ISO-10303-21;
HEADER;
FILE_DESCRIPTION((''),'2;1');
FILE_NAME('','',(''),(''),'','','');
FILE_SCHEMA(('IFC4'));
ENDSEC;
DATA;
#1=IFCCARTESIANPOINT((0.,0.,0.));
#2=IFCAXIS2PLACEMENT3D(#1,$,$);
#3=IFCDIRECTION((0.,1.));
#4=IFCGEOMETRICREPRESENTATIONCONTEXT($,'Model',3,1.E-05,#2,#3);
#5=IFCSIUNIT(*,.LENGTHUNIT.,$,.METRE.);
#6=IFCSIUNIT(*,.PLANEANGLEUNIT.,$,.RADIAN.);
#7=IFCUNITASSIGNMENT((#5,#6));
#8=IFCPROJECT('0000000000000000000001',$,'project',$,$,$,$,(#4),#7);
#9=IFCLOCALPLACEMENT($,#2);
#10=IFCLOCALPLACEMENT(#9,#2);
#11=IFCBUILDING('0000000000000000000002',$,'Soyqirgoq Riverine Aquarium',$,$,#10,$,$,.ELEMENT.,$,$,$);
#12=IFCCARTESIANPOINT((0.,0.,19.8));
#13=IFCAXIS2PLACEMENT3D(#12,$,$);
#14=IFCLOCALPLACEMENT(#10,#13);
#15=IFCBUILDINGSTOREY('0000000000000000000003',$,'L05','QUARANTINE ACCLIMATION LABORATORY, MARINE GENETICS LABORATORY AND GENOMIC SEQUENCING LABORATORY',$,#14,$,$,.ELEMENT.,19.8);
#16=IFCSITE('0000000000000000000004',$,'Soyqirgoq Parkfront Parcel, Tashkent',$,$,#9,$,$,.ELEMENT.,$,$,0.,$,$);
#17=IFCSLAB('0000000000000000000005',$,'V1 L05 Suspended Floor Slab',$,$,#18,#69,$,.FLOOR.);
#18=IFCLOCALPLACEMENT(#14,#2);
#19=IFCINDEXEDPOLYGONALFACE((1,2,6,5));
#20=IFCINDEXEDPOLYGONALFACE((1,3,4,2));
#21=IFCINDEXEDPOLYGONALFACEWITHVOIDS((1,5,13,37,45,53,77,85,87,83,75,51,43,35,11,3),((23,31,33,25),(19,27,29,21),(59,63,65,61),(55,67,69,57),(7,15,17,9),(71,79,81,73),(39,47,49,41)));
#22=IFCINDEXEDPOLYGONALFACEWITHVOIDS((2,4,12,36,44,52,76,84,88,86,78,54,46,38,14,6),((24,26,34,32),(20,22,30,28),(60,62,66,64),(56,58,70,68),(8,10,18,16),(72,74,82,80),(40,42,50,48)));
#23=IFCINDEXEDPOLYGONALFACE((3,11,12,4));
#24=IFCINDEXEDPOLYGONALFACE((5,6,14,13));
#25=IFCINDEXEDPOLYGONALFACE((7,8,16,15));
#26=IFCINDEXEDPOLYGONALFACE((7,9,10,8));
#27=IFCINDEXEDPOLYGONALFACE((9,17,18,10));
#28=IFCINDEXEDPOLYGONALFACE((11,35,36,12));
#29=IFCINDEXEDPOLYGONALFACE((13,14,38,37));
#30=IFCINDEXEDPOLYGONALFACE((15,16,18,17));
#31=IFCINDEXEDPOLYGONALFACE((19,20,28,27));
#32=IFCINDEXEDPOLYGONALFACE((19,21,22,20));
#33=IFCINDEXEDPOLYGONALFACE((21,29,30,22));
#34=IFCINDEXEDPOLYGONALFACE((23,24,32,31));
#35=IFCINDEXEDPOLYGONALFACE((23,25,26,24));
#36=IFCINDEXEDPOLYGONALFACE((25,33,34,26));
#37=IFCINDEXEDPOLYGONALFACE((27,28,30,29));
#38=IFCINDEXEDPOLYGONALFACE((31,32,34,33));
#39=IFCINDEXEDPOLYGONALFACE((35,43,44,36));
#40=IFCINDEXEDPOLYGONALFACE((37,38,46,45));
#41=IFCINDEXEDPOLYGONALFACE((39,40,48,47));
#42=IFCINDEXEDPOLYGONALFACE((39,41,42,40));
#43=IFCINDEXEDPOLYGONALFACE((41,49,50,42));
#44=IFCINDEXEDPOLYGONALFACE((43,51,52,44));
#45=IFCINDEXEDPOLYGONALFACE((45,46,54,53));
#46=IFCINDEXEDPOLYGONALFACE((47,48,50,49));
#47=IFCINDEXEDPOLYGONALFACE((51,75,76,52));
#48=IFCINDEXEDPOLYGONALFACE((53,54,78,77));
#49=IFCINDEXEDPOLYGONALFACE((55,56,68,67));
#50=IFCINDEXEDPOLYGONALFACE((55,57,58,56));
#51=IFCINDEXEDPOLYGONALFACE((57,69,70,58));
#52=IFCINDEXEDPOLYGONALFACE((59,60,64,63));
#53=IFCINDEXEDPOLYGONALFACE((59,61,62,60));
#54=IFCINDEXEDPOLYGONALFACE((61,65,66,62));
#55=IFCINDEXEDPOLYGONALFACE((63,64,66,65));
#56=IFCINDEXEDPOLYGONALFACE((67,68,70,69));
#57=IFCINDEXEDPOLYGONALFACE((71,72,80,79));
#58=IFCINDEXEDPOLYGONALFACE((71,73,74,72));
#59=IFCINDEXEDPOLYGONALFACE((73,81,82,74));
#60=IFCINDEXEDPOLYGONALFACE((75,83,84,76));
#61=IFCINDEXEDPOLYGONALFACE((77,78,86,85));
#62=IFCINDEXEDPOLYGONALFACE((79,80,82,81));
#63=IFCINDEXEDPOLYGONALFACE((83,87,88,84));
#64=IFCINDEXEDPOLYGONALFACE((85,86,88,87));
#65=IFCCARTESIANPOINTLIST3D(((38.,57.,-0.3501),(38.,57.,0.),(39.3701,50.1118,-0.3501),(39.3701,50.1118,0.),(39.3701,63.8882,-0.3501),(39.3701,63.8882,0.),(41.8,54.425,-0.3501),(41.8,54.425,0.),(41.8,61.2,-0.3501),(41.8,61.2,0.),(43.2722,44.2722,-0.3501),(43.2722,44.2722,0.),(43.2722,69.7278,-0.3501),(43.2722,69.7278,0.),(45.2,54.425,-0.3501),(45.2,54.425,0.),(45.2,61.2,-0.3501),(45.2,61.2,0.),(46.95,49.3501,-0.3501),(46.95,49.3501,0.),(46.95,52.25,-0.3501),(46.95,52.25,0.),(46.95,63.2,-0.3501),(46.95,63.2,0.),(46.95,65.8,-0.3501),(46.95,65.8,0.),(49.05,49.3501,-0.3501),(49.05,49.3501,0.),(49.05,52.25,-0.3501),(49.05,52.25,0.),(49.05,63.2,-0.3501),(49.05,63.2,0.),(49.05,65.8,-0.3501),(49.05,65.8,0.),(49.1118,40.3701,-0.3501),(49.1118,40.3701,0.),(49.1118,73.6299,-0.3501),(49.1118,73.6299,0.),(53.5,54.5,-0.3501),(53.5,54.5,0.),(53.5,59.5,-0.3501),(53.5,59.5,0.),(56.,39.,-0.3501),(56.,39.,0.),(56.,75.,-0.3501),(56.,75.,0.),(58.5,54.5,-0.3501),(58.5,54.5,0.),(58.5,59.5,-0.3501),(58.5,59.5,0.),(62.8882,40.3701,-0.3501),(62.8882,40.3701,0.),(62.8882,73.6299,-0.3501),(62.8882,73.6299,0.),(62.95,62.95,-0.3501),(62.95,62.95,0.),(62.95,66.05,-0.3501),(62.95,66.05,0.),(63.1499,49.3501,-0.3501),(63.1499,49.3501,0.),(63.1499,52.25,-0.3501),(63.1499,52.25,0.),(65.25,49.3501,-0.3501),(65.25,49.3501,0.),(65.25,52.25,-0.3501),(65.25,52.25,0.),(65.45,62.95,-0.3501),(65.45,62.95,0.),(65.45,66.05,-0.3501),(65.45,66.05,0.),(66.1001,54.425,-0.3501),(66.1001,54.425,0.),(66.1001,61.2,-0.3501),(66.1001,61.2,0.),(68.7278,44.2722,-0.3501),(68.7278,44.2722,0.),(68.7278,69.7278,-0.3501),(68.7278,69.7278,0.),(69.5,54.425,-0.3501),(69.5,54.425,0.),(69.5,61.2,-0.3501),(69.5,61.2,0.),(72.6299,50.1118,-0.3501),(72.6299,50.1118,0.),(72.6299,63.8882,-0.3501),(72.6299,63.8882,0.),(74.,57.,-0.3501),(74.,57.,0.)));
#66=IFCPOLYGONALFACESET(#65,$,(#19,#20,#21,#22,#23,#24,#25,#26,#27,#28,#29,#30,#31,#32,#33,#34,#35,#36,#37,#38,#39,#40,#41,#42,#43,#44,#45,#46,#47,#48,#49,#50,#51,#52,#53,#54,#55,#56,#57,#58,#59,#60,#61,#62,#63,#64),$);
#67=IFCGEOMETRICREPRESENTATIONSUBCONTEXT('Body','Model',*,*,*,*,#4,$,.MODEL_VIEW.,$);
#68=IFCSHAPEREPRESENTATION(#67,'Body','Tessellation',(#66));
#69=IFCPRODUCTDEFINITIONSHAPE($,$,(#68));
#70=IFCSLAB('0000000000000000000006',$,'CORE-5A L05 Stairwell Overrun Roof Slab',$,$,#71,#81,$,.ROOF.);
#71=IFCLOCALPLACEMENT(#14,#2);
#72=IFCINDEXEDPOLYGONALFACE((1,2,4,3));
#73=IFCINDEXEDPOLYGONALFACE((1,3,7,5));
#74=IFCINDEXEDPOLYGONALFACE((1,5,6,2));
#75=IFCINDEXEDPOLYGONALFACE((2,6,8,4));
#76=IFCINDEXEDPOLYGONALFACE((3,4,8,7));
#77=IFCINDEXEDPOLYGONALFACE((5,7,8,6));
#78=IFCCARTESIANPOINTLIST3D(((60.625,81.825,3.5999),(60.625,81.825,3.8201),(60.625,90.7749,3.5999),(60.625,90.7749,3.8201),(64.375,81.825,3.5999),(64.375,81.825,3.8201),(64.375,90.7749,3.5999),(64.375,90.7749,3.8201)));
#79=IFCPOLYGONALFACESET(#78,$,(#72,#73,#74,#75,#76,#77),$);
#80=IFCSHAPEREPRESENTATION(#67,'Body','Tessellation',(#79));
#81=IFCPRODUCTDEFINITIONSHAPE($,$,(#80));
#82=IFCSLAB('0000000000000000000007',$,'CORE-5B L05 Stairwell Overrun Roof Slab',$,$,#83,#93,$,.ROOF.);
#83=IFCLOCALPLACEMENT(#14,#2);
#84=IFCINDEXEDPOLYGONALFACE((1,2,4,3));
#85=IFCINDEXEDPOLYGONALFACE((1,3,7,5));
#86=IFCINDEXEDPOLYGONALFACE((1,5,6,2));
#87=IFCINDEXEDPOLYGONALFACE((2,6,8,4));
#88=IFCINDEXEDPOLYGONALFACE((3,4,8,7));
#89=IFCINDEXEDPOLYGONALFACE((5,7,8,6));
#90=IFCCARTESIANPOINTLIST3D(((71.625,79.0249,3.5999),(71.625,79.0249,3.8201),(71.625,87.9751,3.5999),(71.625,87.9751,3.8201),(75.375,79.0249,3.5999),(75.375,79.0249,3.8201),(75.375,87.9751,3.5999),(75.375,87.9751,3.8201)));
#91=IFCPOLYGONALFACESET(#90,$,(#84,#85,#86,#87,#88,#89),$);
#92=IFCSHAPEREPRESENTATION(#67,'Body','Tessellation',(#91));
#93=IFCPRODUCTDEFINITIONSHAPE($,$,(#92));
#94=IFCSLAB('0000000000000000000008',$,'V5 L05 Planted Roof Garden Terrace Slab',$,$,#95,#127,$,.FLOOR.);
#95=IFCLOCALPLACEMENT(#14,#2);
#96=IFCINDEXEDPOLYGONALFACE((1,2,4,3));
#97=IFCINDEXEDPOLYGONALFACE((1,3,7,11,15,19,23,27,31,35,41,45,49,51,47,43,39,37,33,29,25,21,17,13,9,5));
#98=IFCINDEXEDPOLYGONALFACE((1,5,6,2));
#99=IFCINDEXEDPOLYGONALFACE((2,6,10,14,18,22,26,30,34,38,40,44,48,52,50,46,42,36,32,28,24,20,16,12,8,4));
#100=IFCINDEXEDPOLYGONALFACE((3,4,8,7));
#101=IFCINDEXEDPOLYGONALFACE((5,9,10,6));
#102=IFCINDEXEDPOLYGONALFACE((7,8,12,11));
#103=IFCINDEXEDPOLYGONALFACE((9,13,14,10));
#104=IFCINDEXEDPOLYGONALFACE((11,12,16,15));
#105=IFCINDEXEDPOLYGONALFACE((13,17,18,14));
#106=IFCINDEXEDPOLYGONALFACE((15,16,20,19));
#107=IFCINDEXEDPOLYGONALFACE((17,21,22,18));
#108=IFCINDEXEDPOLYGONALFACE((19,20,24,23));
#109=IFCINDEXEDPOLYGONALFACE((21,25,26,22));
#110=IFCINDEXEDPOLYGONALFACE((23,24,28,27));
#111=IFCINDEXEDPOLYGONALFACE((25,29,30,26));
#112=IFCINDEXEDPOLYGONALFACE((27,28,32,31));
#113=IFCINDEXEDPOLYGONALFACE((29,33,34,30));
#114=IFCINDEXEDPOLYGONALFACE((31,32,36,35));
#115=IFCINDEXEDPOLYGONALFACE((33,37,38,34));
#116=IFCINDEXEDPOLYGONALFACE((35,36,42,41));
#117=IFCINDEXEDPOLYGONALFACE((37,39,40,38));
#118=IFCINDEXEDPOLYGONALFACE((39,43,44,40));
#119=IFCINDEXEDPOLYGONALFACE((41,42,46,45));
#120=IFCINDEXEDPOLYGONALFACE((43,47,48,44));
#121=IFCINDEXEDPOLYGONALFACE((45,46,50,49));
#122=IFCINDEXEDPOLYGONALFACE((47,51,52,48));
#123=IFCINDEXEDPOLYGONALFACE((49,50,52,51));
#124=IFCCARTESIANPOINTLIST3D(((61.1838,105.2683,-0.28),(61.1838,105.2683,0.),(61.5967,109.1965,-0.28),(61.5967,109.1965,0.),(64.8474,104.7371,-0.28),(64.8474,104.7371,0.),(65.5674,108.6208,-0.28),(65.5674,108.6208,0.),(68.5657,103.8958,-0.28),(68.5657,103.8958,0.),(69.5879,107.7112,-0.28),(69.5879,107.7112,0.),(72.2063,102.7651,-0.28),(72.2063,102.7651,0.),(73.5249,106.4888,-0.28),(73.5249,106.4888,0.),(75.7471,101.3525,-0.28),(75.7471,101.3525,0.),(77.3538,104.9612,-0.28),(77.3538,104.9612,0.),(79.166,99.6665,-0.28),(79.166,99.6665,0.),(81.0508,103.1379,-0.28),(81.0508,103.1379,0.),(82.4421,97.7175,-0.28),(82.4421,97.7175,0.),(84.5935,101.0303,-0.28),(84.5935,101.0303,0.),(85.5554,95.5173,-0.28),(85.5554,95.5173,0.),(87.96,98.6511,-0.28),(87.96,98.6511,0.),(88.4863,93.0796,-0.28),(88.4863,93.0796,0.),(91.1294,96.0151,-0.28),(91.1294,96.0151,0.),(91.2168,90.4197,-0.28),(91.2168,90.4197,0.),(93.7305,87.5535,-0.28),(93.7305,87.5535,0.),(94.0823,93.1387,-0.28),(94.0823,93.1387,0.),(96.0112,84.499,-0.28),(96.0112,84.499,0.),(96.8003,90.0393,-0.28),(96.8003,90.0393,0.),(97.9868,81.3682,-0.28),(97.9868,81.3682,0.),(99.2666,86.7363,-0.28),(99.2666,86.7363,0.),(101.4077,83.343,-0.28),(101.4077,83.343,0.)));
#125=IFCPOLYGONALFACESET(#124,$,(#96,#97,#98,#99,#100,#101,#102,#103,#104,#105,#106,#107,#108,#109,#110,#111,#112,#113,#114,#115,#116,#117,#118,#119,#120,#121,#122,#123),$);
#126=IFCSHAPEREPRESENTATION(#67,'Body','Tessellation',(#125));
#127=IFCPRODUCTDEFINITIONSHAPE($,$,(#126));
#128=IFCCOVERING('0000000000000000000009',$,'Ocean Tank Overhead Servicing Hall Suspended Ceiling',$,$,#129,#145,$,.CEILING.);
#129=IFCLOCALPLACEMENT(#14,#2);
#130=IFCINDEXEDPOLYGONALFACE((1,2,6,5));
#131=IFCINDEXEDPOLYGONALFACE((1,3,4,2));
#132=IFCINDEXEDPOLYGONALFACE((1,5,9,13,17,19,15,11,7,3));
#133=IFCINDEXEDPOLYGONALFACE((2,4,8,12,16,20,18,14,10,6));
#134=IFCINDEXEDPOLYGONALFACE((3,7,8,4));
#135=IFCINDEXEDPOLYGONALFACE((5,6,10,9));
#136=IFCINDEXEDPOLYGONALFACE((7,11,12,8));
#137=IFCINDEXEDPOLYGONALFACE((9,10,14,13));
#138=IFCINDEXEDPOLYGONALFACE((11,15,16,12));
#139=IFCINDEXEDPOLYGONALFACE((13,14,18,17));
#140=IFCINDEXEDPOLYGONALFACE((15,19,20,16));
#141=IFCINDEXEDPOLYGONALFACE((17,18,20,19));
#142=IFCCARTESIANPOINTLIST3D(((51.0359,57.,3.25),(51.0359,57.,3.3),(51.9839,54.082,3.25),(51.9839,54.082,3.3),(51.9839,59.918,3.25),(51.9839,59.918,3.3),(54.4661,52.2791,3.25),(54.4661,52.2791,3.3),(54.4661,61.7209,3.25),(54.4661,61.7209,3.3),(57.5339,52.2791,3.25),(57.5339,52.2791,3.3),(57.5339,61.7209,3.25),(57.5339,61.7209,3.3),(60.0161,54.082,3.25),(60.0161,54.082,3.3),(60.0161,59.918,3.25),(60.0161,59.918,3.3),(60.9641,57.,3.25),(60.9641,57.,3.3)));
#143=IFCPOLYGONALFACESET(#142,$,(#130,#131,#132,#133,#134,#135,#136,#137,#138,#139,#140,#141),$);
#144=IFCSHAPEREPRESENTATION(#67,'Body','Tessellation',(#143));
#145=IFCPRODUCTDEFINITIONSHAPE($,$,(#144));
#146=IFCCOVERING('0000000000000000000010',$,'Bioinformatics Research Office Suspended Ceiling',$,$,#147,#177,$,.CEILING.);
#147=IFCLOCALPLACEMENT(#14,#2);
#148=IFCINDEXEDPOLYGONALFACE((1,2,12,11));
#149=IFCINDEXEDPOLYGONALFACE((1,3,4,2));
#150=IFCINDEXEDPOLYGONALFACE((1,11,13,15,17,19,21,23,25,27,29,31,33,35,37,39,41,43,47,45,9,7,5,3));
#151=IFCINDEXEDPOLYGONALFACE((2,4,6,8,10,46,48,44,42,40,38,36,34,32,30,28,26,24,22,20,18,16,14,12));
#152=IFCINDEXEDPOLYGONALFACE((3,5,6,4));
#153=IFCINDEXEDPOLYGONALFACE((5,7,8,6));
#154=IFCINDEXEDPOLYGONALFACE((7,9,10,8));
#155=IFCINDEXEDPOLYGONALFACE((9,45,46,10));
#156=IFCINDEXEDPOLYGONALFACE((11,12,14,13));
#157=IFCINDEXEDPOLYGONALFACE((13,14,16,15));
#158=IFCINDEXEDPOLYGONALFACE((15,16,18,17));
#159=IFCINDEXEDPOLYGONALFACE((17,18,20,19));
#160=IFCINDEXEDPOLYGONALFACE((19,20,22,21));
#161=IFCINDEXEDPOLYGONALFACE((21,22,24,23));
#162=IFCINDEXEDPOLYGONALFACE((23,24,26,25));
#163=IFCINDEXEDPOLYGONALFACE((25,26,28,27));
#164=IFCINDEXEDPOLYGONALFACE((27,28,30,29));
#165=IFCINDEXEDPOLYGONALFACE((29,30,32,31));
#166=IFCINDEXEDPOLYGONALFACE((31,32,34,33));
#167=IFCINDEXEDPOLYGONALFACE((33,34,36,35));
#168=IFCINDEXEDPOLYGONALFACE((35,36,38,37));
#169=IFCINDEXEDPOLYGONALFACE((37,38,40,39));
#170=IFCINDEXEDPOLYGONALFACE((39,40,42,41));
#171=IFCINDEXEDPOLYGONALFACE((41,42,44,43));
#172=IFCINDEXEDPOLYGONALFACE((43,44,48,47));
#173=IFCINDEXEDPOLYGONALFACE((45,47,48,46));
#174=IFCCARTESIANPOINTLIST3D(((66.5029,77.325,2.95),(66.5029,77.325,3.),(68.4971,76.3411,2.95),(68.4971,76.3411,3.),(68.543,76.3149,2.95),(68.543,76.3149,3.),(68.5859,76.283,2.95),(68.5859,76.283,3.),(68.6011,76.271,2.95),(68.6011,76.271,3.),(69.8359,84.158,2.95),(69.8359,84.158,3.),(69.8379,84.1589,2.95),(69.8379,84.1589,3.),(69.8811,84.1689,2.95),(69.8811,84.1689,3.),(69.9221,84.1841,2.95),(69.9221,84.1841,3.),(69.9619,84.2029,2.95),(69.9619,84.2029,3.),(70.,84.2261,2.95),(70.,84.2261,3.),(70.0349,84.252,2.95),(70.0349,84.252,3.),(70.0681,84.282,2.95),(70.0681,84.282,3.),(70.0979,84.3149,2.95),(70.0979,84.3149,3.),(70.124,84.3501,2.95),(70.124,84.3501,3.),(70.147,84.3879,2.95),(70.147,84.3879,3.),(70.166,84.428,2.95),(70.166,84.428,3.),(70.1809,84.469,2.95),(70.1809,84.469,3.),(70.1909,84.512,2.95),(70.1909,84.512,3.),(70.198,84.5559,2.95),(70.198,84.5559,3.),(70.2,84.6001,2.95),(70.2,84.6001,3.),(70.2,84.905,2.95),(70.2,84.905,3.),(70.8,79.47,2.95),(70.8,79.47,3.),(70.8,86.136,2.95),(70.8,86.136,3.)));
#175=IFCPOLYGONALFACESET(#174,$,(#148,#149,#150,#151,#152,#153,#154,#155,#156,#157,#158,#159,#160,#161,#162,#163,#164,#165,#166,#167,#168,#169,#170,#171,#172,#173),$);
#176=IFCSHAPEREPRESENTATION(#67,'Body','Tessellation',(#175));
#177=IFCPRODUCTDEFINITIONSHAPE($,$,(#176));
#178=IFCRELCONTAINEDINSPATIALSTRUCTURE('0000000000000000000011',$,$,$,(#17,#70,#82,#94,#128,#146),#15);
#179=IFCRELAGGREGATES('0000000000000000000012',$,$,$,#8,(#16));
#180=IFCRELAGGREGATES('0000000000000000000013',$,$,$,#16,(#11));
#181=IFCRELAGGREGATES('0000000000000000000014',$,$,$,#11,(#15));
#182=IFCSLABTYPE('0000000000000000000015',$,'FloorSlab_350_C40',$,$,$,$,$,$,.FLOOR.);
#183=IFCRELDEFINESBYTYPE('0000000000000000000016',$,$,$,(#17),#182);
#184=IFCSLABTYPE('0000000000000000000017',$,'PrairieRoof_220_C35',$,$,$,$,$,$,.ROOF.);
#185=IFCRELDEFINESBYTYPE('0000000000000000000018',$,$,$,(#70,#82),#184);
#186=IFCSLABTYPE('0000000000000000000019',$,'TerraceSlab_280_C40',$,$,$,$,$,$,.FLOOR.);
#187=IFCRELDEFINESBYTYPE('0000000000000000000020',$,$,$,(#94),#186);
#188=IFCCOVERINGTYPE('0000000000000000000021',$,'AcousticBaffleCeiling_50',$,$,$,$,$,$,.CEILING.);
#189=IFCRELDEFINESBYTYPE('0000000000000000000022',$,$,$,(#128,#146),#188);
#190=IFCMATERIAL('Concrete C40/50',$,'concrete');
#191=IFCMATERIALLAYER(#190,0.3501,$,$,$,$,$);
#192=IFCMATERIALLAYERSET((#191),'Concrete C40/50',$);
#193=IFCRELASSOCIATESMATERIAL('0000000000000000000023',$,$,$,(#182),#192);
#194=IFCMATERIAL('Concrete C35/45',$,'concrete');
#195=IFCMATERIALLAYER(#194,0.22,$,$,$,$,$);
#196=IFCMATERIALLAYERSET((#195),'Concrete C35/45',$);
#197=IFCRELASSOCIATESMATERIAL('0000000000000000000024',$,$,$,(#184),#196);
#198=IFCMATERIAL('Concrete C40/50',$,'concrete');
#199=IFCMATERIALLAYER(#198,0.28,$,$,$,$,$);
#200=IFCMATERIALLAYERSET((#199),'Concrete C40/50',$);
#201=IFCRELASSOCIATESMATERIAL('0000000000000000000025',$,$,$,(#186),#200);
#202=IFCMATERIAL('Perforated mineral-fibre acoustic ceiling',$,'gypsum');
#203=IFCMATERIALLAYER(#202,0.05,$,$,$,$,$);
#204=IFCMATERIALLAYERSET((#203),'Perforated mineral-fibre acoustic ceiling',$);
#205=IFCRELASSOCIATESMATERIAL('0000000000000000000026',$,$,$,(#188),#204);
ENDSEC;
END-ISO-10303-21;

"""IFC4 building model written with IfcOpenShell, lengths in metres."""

from ifc_helpers import new_model, si_unit, direction, frame, origin, place, context, subcontext, project, spatial, polyline, outline, extrude, material, layer, layer_set, type_object, element, save


model = new_model("IFC4")

# Units and contexts
model_context = context("Model", 3, precision=1e-05, world=origin(), true_north=direction((0.0, 1.0)))
body_context = subcontext(model_context, "Body", "Model", "MODEL_VIEW")
ifc_project = project(units=[si_unit("LENGTHUNIT", "METRE"), si_unit("PLANEANGLEUNIT", "RADIAN")], contexts=[model_context])

# Site, building, storey
site_placement = place(None, origin())
site = spatial("IfcSite", under=ifc_project, at=site_placement, Name="Soyqirgoq Parkfront Parcel, Tashkent", CompositionType="ELEMENT", RefElevation=0.0)
building_placement = place(site_placement, origin())
building = spatial("IfcBuilding", under=site, at=building_placement, Name="Soyqirgoq Riverine Aquarium", CompositionType="ELEMENT")
storey_placement = place(building_placement, frame((0.0, 0.0, 19.8)))
storey = spatial("IfcBuildingStorey", under=building, at=storey_placement, Name="L05", Description="QUARANTINE ACCLIMATION LABORATORY, MARINE GENETICS LABORATORY AND GENOMIC SEQUENCING LABORATORY", CompositionType="ELEMENT", Elevation=19.8)

# Slabs
ifc_material_1 = material(Name="Concrete C40/50", Category="concrete")
ifc_layer_1 = layer(ifc_material_1, 0.3501)
ifc_layer_set_1 = layer_set([ifc_layer_1], Name="Concrete C40/50")
slab_type_1 = type_object("IfcSlabType", Name="FloorSlab_350_C40", PredefinedType="FLOOR", material=ifc_layer_set_1)
slab_1_placement = place(storey_placement, frame((0.0, 0.0, -0.3501)))
element("IfcSlab", 1, at=slab_1_placement, inside=storey, type_object=slab_type_1, Name="V1 L05 Suspended Floor Slab", PredefinedType="FLOOR", context=body_context, shape_type="SweptSolid", body=[
    extrude(outline(polyline([(74.0, 57.0), (72.6299, 63.8882), (68.7278, 69.7278), (62.8882, 73.6299), (56.0, 75.0), (49.1118, 73.6299), (43.2722, 69.7278), (39.3701, 63.8882), (38.0, 57.0), (39.3701, 50.1118), (43.2722, 44.2722), (49.1118, 40.3701), (56.0, 39.0), (62.8882, 40.3701), (68.7278, 44.2722), (72.6299, 50.1118), (74.0, 57.0)]), holes=[polyline([(69.5, 54.425), (69.5, 61.2), (66.1001, 61.2), (66.1001, 54.425), (69.5, 54.425)]), polyline([(63.1499, 49.3501), (65.25, 49.3501), (65.25, 52.25), (63.1499, 52.25), (63.1499, 49.3501)]), polyline([(62.95, 62.95), (65.45, 62.95), (65.45, 66.05), (62.95, 66.05), (62.95, 62.95)]), polyline([(45.2, 54.425), (45.2, 61.2), (41.8, 61.2), (41.8, 54.425), (45.2, 54.425)]), polyline([(46.95, 49.3501), (49.05, 49.3501), (49.05, 52.25), (46.95, 52.25), (46.95, 49.3501)]), polyline([(46.95, 63.2), (49.05, 63.2), (49.05, 65.8), (46.95, 65.8), (46.95, 63.2)]), polyline([(53.5, 59.5), (58.5, 59.5), (58.5, 54.5), (53.5, 54.5), (53.5, 59.5)])]), origin(), (0.0, 0.0, 1.0), 0.3501),
])
ifc_material_2 = material(Name="Concrete C35/45", Category="concrete")
ifc_layer_2 = layer(ifc_material_2, 0.22)
ifc_layer_set_2 = layer_set([ifc_layer_2], Name="Concrete C35/45")
slab_type_2 = type_object("IfcSlabType", Name="PrairieRoof_220_C35", PredefinedType="ROOF", material=ifc_layer_set_2)
slab_2_placement = place(storey_placement, frame((0.0, 0.0, 3.5999)))
element("IfcSlab", 2, at=slab_2_placement, inside=storey, type_object=slab_type_2, Name="CORE-5A L05 Stairwell Overrun Roof Slab", PredefinedType="ROOF", context=body_context, shape_type="SweptSolid", body=[
    extrude(outline(polyline([(64.375, 81.825), (64.375, 90.7749), (60.625, 90.7749), (60.625, 81.825), (64.375, 81.825)])), origin(), (0.0, 0.0, 1.0), 0.2202),
])
slab_3_placement = place(storey_placement, frame((0.0, 0.0, 3.5999)))
element("IfcSlab", 3, at=slab_3_placement, inside=storey, type_object=slab_type_2, Name="CORE-5B L05 Stairwell Overrun Roof Slab", PredefinedType="ROOF", context=body_context, shape_type="SweptSolid", body=[
    extrude(outline(polyline([(75.375, 79.0249), (75.375, 87.9751), (71.625, 87.9751), (71.625, 79.0249), (75.375, 79.0249)])), origin(), (0.0, 0.0, 1.0), 0.2202),
])
ifc_material_3 = material(Name="Concrete C40/50", Category="concrete")
ifc_layer_3 = layer(ifc_material_3, 0.28)
ifc_layer_set_3 = layer_set([ifc_layer_3], Name="Concrete C40/50")
slab_type_3 = type_object("IfcSlabType", Name="TerraceSlab_280_C40", PredefinedType="FLOOR", material=ifc_layer_set_3)
slab_4_placement = place(storey_placement, frame((0.0, 0.0, -0.28)))
element("IfcSlab", 4, at=slab_4_placement, inside=storey, type_object=slab_type_3, Name="V5 L05 Planted Roof Garden Terrace Slab", PredefinedType="FLOOR", context=body_context, shape_type="SweptSolid", body=[
    extrude(outline(polyline([(93.7305, 87.5535), (96.0112, 84.499), (97.9868, 81.3682), (101.4077, 83.343), (99.2666, 86.7363), (96.8003, 90.0393), (94.0823, 93.1387), (91.1294, 96.0151), (87.96, 98.6511), (84.5935, 101.0303), (81.0508, 103.1379), (77.3538, 104.9612), (73.5249, 106.4888), (69.5879, 107.7112), (65.5674, 108.6208), (61.5967, 109.1965), (61.1838, 105.2683), (64.8474, 104.7371), (68.5657, 103.8958), (72.2063, 102.7651), (75.7471, 101.3525), (79.166, 99.6665), (82.4421, 97.7175), (85.5554, 95.5173), (88.4863, 93.0796), (91.2168, 90.4197), (93.7305, 87.5535)])), origin(), (0.0, 0.0, 1.0), 0.28),
])

# Coverings
ifc_material_4 = material(Name="Perforated mineral-fibre acoustic ceiling", Category="gypsum")
ifc_layer_4 = layer(ifc_material_4, 0.05)
ifc_layer_set_4 = layer_set([ifc_layer_4], Name="Perforated mineral-fibre acoustic ceiling")
covering_type_1 = type_object("IfcCoveringType", Name="AcousticBaffleCeiling_50", PredefinedType="CEILING", material=ifc_layer_set_4)
covering_1_placement = place(storey_placement, frame((0.0, 0.0, 3.25)))
element("IfcCovering", 5, at=covering_1_placement, inside=storey, type_object=covering_type_1, Name="Ocean Tank Overhead Servicing Hall Suspended Ceiling", PredefinedType="CEILING", context=body_context, shape_type="SweptSolid", body=[
    extrude(outline(polyline([(57.5339, 52.2791), (54.4661, 52.2791), (51.9839, 54.082), (51.0359, 57.0), (51.9839, 59.918), (54.4661, 61.7209), (57.5339, 61.7209), (60.0161, 59.918), (60.9641, 57.0), (60.0161, 54.082), (57.5339, 52.2791)])), origin(), (0.0, 0.0, 1.0), 0.05),
])
covering_2_placement = place(storey_placement, frame((0.0, 0.0, 2.95)))
element("IfcCovering", 6, at=covering_2_placement, inside=storey, type_object=covering_type_1, Name="Bioinformatics Research Office Suspended Ceiling", PredefinedType="CEILING", context=body_context, shape_type="SweptSolid", body=[
    extrude(outline(polyline([(68.5859, 76.283), (68.543, 76.3149), (68.4971, 76.3411), (66.5029, 77.325), (69.8359, 84.158), (69.8379, 84.1589), (69.8811, 84.1689), (69.9221, 84.1841), (69.9619, 84.2029), (70.0, 84.2261), (70.0349, 84.252), (70.0681, 84.282), (70.0979, 84.3149), (70.124, 84.3501), (70.147, 84.3879), (70.166, 84.428), (70.1809, 84.469), (70.1909, 84.512), (70.198, 84.5559), (70.2, 84.6001), (70.2, 84.905), (70.8, 86.136), (70.8, 79.47), (68.6011, 76.271), (68.5859, 76.283)])), origin(), (0.0, 0.0, 1.0), 0.05),
])

save(model, "model.ifc")
